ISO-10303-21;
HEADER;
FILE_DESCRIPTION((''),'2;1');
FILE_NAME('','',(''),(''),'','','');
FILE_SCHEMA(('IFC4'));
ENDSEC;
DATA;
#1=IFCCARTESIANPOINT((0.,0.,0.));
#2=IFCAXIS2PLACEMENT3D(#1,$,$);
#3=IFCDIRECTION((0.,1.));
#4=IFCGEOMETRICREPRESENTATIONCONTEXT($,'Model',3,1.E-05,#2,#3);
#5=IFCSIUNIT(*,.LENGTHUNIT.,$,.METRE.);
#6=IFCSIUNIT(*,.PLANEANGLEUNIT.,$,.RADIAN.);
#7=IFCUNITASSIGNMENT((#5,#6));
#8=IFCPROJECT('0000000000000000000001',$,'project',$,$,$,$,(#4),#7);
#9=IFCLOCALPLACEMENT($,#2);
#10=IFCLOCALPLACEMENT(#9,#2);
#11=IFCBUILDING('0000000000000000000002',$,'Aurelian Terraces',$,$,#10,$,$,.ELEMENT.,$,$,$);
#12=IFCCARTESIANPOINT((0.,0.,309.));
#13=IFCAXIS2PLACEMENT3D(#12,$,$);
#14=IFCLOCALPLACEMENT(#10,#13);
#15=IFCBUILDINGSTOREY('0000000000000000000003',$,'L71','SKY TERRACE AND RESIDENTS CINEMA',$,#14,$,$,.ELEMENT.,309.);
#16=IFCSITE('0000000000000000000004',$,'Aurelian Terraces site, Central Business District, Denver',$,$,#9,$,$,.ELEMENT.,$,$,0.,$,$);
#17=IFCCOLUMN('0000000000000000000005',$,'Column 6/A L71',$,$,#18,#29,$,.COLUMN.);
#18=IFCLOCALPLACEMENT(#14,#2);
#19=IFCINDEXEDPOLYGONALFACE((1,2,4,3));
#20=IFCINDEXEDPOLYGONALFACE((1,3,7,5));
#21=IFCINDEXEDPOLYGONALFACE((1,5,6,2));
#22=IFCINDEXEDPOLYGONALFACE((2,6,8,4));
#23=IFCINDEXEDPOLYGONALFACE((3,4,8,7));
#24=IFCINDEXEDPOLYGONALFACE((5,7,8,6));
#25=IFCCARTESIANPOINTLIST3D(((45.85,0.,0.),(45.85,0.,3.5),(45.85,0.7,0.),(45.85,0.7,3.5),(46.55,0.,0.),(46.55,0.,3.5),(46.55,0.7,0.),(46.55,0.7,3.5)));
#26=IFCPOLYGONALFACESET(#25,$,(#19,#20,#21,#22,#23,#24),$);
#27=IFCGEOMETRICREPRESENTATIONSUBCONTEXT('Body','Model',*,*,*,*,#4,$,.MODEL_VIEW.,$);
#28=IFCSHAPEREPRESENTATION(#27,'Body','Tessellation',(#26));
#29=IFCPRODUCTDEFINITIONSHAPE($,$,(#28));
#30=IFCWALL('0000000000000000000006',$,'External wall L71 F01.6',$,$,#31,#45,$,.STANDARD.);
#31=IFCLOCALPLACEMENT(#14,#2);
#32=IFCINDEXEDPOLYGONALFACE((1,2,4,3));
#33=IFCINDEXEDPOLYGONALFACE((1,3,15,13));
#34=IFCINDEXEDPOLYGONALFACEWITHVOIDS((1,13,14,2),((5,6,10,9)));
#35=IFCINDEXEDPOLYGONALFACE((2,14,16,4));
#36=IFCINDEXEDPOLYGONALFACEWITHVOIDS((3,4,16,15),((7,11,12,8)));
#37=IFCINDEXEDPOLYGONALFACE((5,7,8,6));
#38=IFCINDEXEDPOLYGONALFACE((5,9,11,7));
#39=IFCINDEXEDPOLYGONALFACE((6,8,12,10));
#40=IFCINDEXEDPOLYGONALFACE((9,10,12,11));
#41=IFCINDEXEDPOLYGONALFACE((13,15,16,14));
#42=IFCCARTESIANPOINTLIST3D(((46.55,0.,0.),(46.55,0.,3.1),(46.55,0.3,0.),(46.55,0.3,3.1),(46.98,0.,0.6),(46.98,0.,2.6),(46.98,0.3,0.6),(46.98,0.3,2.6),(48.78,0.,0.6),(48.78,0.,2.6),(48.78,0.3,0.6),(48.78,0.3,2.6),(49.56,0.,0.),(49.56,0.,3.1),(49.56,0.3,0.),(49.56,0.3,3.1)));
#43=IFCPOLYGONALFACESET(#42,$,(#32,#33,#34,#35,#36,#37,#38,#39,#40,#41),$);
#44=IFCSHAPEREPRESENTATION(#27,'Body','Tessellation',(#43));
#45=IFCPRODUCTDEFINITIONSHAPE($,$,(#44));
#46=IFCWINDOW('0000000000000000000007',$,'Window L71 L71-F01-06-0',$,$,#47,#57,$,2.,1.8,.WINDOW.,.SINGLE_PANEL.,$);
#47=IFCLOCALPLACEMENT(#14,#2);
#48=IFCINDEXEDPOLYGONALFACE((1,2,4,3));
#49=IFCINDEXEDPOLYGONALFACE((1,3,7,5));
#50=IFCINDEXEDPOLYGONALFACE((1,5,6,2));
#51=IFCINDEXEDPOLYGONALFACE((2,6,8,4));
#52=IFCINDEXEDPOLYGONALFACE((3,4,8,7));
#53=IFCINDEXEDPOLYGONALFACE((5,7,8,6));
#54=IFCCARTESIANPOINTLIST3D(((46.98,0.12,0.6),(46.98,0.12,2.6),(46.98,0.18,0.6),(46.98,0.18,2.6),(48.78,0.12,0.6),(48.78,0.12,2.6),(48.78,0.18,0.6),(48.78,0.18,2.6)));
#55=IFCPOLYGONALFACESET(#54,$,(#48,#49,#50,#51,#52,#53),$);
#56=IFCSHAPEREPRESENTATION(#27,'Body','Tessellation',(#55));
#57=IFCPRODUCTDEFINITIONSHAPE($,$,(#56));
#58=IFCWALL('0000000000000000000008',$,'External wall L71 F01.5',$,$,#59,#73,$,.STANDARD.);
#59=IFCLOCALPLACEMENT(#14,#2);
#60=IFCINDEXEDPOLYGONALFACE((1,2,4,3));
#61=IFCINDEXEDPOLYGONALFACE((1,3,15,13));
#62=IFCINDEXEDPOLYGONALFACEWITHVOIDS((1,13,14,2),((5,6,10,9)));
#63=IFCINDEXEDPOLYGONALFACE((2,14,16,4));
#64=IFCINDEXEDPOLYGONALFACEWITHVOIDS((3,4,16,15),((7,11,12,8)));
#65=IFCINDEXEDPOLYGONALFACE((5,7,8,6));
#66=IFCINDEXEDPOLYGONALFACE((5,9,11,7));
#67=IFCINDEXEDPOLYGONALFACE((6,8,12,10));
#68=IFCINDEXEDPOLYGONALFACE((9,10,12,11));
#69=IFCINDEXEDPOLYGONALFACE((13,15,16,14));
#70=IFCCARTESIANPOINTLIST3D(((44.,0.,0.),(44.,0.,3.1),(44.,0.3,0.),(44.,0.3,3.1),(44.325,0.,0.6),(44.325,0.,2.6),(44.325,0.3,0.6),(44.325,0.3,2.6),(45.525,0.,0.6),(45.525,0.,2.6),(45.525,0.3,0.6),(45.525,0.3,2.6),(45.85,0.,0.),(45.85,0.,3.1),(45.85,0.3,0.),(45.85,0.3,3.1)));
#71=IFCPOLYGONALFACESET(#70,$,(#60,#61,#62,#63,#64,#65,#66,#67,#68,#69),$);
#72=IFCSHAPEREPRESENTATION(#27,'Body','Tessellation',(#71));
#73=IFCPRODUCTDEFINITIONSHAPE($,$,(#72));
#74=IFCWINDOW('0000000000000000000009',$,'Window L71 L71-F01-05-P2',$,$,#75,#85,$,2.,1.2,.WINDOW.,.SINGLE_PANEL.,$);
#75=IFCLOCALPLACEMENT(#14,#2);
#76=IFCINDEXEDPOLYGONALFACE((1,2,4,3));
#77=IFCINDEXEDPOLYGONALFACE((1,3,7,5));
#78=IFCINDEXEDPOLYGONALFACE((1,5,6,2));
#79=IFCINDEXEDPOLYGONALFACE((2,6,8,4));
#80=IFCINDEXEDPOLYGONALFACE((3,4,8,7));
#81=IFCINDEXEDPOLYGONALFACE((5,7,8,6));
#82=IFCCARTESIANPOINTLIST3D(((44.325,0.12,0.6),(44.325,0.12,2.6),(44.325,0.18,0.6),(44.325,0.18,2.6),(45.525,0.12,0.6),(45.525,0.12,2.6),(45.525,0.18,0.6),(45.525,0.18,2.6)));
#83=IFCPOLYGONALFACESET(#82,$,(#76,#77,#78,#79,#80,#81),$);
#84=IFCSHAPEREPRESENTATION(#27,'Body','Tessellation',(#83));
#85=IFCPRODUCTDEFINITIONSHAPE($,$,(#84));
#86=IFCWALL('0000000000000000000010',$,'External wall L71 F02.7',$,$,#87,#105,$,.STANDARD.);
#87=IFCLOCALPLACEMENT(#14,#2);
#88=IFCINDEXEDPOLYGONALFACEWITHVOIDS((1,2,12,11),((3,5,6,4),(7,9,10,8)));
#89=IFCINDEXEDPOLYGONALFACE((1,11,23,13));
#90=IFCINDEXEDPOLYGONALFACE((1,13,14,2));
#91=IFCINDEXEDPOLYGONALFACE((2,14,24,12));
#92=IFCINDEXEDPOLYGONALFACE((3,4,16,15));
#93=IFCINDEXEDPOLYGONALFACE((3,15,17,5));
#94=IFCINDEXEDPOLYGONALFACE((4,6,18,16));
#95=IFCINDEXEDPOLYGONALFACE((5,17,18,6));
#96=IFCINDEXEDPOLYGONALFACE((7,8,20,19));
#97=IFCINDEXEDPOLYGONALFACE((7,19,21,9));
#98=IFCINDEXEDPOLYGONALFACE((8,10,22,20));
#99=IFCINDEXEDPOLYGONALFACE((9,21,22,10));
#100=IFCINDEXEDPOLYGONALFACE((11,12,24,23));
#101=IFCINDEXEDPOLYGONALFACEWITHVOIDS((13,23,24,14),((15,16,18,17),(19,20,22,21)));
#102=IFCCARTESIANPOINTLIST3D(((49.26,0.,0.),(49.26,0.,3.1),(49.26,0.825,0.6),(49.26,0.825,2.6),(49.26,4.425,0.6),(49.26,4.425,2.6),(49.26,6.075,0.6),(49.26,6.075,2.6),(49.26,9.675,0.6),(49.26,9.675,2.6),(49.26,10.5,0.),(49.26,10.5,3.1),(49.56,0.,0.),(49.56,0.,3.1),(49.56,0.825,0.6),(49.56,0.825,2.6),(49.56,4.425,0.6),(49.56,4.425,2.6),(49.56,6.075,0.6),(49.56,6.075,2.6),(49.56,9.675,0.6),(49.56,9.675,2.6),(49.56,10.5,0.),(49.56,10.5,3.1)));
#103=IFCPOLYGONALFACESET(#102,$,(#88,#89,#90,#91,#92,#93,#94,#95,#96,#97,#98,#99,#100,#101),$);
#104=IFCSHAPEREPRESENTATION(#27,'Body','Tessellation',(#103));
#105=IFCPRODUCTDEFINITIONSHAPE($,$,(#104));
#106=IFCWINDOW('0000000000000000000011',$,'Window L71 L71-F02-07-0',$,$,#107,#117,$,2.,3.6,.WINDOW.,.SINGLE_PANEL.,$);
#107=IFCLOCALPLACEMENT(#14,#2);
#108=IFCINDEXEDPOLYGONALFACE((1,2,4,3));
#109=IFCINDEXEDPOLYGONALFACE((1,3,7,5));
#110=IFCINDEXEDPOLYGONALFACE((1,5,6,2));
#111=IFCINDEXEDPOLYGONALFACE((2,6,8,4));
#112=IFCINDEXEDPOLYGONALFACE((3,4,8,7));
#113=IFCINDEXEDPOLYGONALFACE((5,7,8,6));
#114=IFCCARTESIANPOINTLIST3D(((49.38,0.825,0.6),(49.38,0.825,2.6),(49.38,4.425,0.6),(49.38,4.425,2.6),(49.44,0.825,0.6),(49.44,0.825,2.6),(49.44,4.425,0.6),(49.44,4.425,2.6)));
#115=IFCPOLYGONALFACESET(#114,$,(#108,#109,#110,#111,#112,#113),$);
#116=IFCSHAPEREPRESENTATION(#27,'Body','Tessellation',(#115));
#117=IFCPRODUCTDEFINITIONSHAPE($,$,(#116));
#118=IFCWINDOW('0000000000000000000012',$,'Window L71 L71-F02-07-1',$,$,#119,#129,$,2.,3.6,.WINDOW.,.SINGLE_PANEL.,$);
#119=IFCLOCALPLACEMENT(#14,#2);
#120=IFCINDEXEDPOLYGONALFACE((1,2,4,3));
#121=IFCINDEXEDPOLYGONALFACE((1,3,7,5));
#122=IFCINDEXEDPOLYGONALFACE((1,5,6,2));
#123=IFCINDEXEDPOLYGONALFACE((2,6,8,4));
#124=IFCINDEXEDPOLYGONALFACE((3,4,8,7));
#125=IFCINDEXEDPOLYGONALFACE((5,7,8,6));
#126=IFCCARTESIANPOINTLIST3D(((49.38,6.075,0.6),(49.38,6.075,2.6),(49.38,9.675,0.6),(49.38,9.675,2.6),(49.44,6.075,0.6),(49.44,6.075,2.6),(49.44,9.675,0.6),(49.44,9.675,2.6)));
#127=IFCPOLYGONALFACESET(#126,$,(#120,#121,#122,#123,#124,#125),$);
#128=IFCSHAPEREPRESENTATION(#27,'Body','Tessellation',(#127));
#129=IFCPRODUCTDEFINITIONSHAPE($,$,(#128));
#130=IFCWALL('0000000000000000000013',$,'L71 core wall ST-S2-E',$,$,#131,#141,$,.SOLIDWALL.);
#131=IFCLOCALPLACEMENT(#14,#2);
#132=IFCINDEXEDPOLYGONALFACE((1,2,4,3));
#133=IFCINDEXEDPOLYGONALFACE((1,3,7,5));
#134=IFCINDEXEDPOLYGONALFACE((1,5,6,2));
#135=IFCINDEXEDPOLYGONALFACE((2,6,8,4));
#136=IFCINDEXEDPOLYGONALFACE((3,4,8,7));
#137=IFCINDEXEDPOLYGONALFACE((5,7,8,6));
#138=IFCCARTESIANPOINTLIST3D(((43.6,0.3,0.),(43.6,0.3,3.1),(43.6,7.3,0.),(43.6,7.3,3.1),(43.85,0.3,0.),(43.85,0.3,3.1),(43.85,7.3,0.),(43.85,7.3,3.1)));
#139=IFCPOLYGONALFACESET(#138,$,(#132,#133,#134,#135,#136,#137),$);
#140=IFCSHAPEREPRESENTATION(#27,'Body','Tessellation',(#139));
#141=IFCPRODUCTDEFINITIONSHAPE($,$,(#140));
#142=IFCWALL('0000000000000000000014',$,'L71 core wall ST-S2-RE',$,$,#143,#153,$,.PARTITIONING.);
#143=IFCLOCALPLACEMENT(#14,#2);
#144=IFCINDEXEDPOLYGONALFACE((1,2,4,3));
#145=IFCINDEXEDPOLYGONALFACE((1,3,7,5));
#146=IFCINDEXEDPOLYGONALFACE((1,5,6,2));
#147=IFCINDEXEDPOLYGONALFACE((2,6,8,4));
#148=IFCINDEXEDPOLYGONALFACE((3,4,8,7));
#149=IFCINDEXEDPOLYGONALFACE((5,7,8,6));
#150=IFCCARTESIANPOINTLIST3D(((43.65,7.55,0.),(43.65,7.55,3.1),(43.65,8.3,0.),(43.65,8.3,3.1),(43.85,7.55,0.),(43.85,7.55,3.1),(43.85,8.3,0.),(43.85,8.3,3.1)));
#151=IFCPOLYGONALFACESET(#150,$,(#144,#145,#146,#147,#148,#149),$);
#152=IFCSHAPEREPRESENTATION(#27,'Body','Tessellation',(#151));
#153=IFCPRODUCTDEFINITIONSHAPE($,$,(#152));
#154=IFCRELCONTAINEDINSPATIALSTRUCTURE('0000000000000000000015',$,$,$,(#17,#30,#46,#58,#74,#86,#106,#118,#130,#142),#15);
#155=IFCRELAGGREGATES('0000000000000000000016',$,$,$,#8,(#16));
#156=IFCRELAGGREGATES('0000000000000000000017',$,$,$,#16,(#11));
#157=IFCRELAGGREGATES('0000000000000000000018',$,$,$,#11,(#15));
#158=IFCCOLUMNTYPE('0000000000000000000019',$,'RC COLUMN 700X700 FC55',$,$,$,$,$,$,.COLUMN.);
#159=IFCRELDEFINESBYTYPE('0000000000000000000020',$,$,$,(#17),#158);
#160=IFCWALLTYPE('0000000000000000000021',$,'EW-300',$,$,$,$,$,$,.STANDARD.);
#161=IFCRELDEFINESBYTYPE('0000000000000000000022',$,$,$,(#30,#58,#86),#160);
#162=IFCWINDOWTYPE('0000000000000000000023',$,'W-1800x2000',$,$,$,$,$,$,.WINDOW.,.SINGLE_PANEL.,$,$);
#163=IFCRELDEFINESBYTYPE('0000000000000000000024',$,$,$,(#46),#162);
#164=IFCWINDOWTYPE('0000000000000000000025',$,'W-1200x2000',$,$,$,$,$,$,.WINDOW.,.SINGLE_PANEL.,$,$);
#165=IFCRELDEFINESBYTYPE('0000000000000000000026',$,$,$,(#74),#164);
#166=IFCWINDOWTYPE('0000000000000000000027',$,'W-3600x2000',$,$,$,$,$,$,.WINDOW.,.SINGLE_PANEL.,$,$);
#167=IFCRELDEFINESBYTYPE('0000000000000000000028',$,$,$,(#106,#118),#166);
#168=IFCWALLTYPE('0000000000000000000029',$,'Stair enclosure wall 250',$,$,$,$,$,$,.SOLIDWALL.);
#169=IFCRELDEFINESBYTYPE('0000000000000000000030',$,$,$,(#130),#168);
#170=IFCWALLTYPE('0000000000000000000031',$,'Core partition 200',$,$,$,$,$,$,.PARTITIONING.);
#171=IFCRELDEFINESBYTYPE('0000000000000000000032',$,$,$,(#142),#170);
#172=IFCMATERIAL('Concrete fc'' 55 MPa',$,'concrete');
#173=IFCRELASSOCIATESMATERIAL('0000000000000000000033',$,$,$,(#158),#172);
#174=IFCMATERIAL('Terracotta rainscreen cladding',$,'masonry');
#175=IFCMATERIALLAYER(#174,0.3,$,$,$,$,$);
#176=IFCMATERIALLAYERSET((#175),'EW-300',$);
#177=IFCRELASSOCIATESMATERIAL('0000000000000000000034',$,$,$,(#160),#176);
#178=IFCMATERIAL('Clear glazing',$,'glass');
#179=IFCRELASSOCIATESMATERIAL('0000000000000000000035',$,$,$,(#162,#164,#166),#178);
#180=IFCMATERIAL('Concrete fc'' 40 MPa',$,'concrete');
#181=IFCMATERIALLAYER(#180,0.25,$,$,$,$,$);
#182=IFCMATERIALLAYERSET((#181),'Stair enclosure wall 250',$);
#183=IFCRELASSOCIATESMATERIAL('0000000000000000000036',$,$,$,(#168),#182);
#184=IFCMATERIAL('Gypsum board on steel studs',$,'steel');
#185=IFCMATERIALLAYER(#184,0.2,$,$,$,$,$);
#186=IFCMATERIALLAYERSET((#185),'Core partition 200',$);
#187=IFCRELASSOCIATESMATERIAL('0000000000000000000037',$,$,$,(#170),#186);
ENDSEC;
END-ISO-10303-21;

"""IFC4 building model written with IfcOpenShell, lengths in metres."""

from ifc_helpers import new_model, si_unit, direction, frame, frame_2d, origin, origin_2d, place, context, subcontext, project, spatial, rectangle, extrude, source, transform, mapped, material, layer, layer_set, material_profile, profile_set, type_object, element, fill, save


model = new_model("IFC4")

# Units and contexts
model_context = context("Model", 3, precision=1e-05, world=origin(), true_north=direction((0.0, 1.0)))
body_context = subcontext(model_context, "Body", "Model", "MODEL_VIEW")
ifc_project = project(units=[si_unit("LENGTHUNIT", "METRE"), si_unit("PLANEANGLEUNIT", "RADIAN")], contexts=[model_context])

# Site, building, storey
site_placement = place(None, origin())
site = spatial("IfcSite", under=ifc_project, at=site_placement, Name="Aurelian Terraces site, Central Business District, Denver", CompositionType="ELEMENT", RefElevation=0.0)
building_placement = place(site_placement, origin())
building = spatial("IfcBuilding", under=site, at=building_placement, Name="Aurelian Terraces", CompositionType="ELEMENT")
storey_placement = place(building_placement, frame((0.0, 0.0, 309.0)))
storey = spatial("IfcBuildingStorey", under=building, at=storey_placement, Name="L71", Description="SKY TERRACE AND RESIDENTS CINEMA", CompositionType="ELEMENT", Elevation=309.0)

# Column
ifc_material_1 = material(Name="Concrete fc' 55 MPa", Category="concrete")
ifc_material_profile = material_profile(ifc_material_1, rectangle(XDim=0.7, YDim=0.7, at=origin_2d()))
ifc_profile_set = profile_set([ifc_material_profile], Name="Concrete fc' 55 MPa")
column_type = type_object("IfcColumnType", Name="RC COLUMN 700X700 FC55", PredefinedType="COLUMN", material=ifc_profile_set)
shared_shape_1 = source(origin(), body_context, "Body", "SweptSolid", [
    extrude(rectangle(XDim=0.7, YDim=0.7, at=origin_2d()), origin(), (0.0, 0.0, 1.0), 3.5),
])
column_placement = place(storey_placement, frame((46.2, 0.35, 0.0), z_axis=(0.0, 0.0, 1.0), x_axis=(1.0, 0.0, 0.0)))
element("IfcColumn", 1, at=column_placement, inside=storey, type_object=column_type, Name="Column 6/A L71", PredefinedType="COLUMN", context=body_context, shape_type="MappedRepresentation", body=[
    mapped(shared_shape_1, transform((0.0, 0.0, 0.0), scale=1.0)),
])

# Walls, openings, windows
ifc_material_2 = material(Name="Terracotta rainscreen cladding", Category="masonry")
ifc_layer_1 = layer(ifc_material_2, 0.3)
ifc_layer_set_1 = layer_set([ifc_layer_1], Name="EW-300")
wall_type_1 = type_object("IfcWallType", Name="EW-300", PredefinedType="STANDARD", material=ifc_layer_set_1)
shared_shape_2 = source(origin(), body_context, "Body", "SweptSolid", [
    extrude(rectangle(XDim=3.01, YDim=0.3, at=frame_2d((1.505, 0.0))), origin(), (0.0, 0.0, 1.0), 3.1),
])
wall_1_placement = place(storey_placement, frame((46.55, 0.15, 0.0), z_axis=(0.0, 0.0, 1.0), x_axis=(1.0, 0.0, 0.0)))
wall_1 = element("IfcWall", 2, at=wall_1_placement, inside=storey, type_object=wall_type_1, Name="External wall L71 F01.6", PredefinedType="STANDARD", context=body_context, shape_type="MappedRepresentation", body=[
    mapped(shared_shape_2, transform((0.0, 0.0, 0.0), scale=1.0)),
])
shared_shape_3 = source(origin(), body_context, "Body", "SweptSolid", [
    extrude(rectangle(XDim=1.8, YDim=2.0, at=frame_2d((0.9, 1.0))), frame((0.0, 0.16, 0.0), z_axis=(0.0, -1.0, 0.0), x_axis=(1.0, 0.0, 0.0)), (0.0, 0.0, 1.0), 0.32),
])
opening_1_placement = place(wall_1_placement, frame((0.43, 0.0, 0.6)))
opening_1 = element("IfcOpeningElement", 3, at=opening_1_placement, cuts=wall_1, PredefinedType="OPENING", context=body_context, shape_type="MappedRepresentation", body=[
    mapped(shared_shape_3, transform((0.0, 0.0, 0.0), scale=1.0)),
])
ifc_material_3 = material(Name="Clear glazing", Category="glass")
window_type_1 = type_object("IfcWindowType", Name="W-1800x2000", PartitioningType="SINGLE_PANEL", PredefinedType="WINDOW", material=ifc_material_3)
shared_shape_4 = source(origin(), body_context, "Body", "SweptSolid", [
    extrude(rectangle(XDim=1.8, YDim=2.0, at=frame_2d((0.9, 1.0))), frame((0.0, 0.03, 0.0), z_axis=(0.0, -1.0, 0.0), x_axis=(1.0, 0.0, 0.0)), (0.0, 0.0, 1.0), 0.06),
])
window_1_placement = place(opening_1_placement, origin())
window_1 = element("IfcWindow", 4, at=window_1_placement, inside=storey, type_object=window_type_1, Name="Window L71 L71-F01-06-0", OverallHeight=2.0, OverallWidth=1.8, PartitioningType="SINGLE_PANEL", PredefinedType="WINDOW", context=body_context, shape_type="MappedRepresentation", body=[
    mapped(shared_shape_4, transform((0.0, 0.0, 0.0), scale=1.0)),
])
fill(opening_1, window_1)
shared_shape_5 = source(origin(), body_context, "Body", "SweptSolid", [
    extrude(rectangle(XDim=1.85, YDim=0.3, at=frame_2d((0.925, 0.0))), origin(), (0.0, 0.0, 1.0), 3.1),
])
wall_2_placement = place(storey_placement, frame((44.0, 0.15, 0.0), z_axis=(0.0, 0.0, 1.0), x_axis=(1.0, 0.0, 0.0)))
wall_2 = element("IfcWall", 5, at=wall_2_placement, inside=storey, type_object=wall_type_1, Name="External wall L71 F01.5", PredefinedType="STANDARD", context=body_context, shape_type="MappedRepresentation", body=[
    mapped(shared_shape_5, transform((0.0, 0.0, 0.0), scale=1.0)),
])
shared_shape_6 = source(origin(), body_context, "Body", "SweptSolid", [
    extrude(rectangle(XDim=1.2, YDim=2.0, at=frame_2d((0.6, 1.0))), frame((0.0, 0.16, 0.0), z_axis=(0.0, -1.0, 0.0), x_axis=(1.0, 0.0, 0.0)), (0.0, 0.0, 1.0), 0.32),
])
opening_2_placement = place(wall_2_placement, frame((0.325, 0.0, 0.6)))
opening_2 = element("IfcOpeningElement", 6, at=opening_2_placement, cuts=wall_2, PredefinedType="OPENING", context=body_context, shape_type="MappedRepresentation", body=[
    mapped(shared_shape_6, transform((0.0, 0.0, 0.0), scale=1.0)),
])
window_type_2 = type_object("IfcWindowType", Name="W-1200x2000", PartitioningType="SINGLE_PANEL", PredefinedType="WINDOW", material=ifc_material_3)
shared_shape_7 = source(origin(), body_context, "Body", "SweptSolid", [
    extrude(rectangle(XDim=1.2, YDim=2.0, at=frame_2d((0.6, 1.0))), frame((0.0, 0.03, 0.0), z_axis=(0.0, -1.0, 0.0), x_axis=(1.0, 0.0, 0.0)), (0.0, 0.0, 1.0), 0.06),
])
window_2_placement = place(opening_2_placement, origin())
window_2 = element("IfcWindow", 7, at=window_2_placement, inside=storey, type_object=window_type_2, Name="Window L71 L71-F01-05-P2", OverallHeight=2.0, OverallWidth=1.2, PartitioningType="SINGLE_PANEL", PredefinedType="WINDOW", context=body_context, shape_type="MappedRepresentation", body=[
    mapped(shared_shape_7, transform((0.0, 0.0, 0.0), scale=1.0)),
])
fill(opening_2, window_2)

# Wall, openings, windows
shared_shape_8 = source(origin(), body_context, "Body", "SweptSolid", [
    extrude(rectangle(XDim=10.5, YDim=0.3, at=frame_2d((5.25, 0.0))), origin(), (0.0, 0.0, 1.0), 3.1),
])
wall_3_placement = place(storey_placement, frame((49.41, 0.0, 0.0), z_axis=(0.0, 0.0, 1.0), x_axis=(0.0, 1.0, 0.0)))
wall_3 = element("IfcWall", 8, at=wall_3_placement, inside=storey, type_object=wall_type_1, Name="External wall L71 F02.7", PredefinedType="STANDARD", context=body_context, shape_type="MappedRepresentation", body=[
    mapped(shared_shape_8, transform((0.0, 0.0, 0.0), scale=1.0)),
])
shared_shape_9 = source(origin(), body_context, "Body", "SweptSolid", [
    extrude(rectangle(XDim=3.6, YDim=2.0, at=frame_2d((1.8, 1.0))), frame((0.0, 0.16, 0.0), z_axis=(0.0, -1.0, 0.0), x_axis=(1.0, 0.0, 0.0)), (0.0, 0.0, 1.0), 0.32),
])
opening_3_placement = place(wall_3_placement, frame((0.825, 0.0, 0.6)))
opening_3 = element("IfcOpeningElement", 9, at=opening_3_placement, cuts=wall_3, PredefinedType="OPENING", context=body_context, shape_type="MappedRepresentation", body=[
    mapped(shared_shape_9, transform((0.0, 0.0, 0.0), scale=1.0)),
])
opening_4_placement = place(wall_3_placement, frame((6.075, 0.0, 0.6)))
opening_4 = element("IfcOpeningElement", 10, at=opening_4_placement, cuts=wall_3, PredefinedType="OPENING", context=body_context, shape_type="MappedRepresentation", body=[
    mapped(shared_shape_9, transform((0.0, 0.0, 0.0), scale=1.0)),
])
window_type_3 = type_object("IfcWindowType", Name="W-3600x2000", PartitioningType="SINGLE_PANEL", PredefinedType="WINDOW", material=ifc_material_3)
shared_shape_10 = source(origin(), body_context, "Body", "SweptSolid", [
    extrude(rectangle(XDim=3.6, YDim=2.0, at=frame_2d((1.8, 1.0))), frame((0.0, 0.03, 0.0), z_axis=(0.0, -1.0, 0.0), x_axis=(1.0, 0.0, 0.0)), (0.0, 0.0, 1.0), 0.06),
])
window_3_placement = place(opening_3_placement, origin())
window_3 = element("IfcWindow", 11, at=window_3_placement, inside=storey, type_object=window_type_3, Name="Window L71 L71-F02-07-0", OverallHeight=2.0, OverallWidth=3.6, PartitioningType="SINGLE_PANEL", PredefinedType="WINDOW", context=body_context, shape_type="MappedRepresentation", body=[
    mapped(shared_shape_10, transform((0.0, 0.0, 0.0), scale=1.0)),
])
fill(opening_3, window_3)
window_4_placement = place(opening_4_placement, origin())
window_4 = element("IfcWindow", 12, at=window_4_placement, inside=storey, type_object=window_type_3, Name="Window L71 L71-F02-07-1", OverallHeight=2.0, OverallWidth=3.6, PartitioningType="SINGLE_PANEL", PredefinedType="WINDOW", context=body_context, shape_type="MappedRepresentation", body=[
    mapped(shared_shape_10, transform((0.0, 0.0, 0.0), scale=1.0)),
])
fill(opening_4, window_4)

# Walls
ifc_material_4 = material(Name="Concrete fc' 40 MPa", Category="concrete")
ifc_layer_2 = layer(ifc_material_4, 0.25)
ifc_layer_set_2 = layer_set([ifc_layer_2], Name="Stair enclosure wall 250")
wall_type_2 = type_object("IfcWallType", Name="Stair enclosure wall 250", PredefinedType="SOLIDWALL", material=ifc_layer_set_2)
shared_shape_11 = source(origin(), body_context, "Body", "SweptSolid", [
    extrude(rectangle(XDim=7.0, YDim=0.25, at=frame_2d((3.5, 0.0))), origin(), (0.0, 0.0, 1.0), 3.1),
])
wall_4_placement = place(storey_placement, frame((43.725, 0.3, 0.0), z_axis=(0.0, 0.0, 1.0), x_axis=(0.0, 1.0, 0.0)))
element("IfcWall", 13, at=wall_4_placement, inside=storey, type_object=wall_type_2, Name="L71 core wall ST-S2-E", PredefinedType="SOLIDWALL", context=body_context, shape_type="MappedRepresentation", body=[
    mapped(shared_shape_11, transform((0.0, 0.0, 0.0), scale=1.0)),
])
ifc_material_5 = material(Name="Gypsum board on steel studs", Category="steel")
ifc_layer_3 = layer(ifc_material_5, 0.2)
ifc_layer_set_3 = layer_set([ifc_layer_3], Name="Core partition 200")
wall_type_3 = type_object("IfcWallType", Name="Core partition 200", PredefinedType="PARTITIONING", material=ifc_layer_set_3)
shared_shape_12 = source(origin(), body_context, "Body", "SweptSolid", [
    extrude(rectangle(XDim=0.75, YDim=0.2, at=frame_2d((0.375, 0.0))), origin(), (0.0, 0.0, 1.0), 3.1),
])
wall_5_placement = place(storey_placement, frame((43.75, 7.55, 0.0), z_axis=(0.0, 0.0, 1.0), x_axis=(0.0, 1.0, 0.0)))
element("IfcWall", 14, at=wall_5_placement, inside=storey, type_object=wall_type_3, Name="L71 core wall ST-S2-RE", PredefinedType="PARTITIONING", context=body_context, shape_type="MappedRepresentation", body=[
    mapped(shared_shape_12, transform((0.0, 0.0, 0.0), scale=1.0)),
])

save(model, "model.ifc")
